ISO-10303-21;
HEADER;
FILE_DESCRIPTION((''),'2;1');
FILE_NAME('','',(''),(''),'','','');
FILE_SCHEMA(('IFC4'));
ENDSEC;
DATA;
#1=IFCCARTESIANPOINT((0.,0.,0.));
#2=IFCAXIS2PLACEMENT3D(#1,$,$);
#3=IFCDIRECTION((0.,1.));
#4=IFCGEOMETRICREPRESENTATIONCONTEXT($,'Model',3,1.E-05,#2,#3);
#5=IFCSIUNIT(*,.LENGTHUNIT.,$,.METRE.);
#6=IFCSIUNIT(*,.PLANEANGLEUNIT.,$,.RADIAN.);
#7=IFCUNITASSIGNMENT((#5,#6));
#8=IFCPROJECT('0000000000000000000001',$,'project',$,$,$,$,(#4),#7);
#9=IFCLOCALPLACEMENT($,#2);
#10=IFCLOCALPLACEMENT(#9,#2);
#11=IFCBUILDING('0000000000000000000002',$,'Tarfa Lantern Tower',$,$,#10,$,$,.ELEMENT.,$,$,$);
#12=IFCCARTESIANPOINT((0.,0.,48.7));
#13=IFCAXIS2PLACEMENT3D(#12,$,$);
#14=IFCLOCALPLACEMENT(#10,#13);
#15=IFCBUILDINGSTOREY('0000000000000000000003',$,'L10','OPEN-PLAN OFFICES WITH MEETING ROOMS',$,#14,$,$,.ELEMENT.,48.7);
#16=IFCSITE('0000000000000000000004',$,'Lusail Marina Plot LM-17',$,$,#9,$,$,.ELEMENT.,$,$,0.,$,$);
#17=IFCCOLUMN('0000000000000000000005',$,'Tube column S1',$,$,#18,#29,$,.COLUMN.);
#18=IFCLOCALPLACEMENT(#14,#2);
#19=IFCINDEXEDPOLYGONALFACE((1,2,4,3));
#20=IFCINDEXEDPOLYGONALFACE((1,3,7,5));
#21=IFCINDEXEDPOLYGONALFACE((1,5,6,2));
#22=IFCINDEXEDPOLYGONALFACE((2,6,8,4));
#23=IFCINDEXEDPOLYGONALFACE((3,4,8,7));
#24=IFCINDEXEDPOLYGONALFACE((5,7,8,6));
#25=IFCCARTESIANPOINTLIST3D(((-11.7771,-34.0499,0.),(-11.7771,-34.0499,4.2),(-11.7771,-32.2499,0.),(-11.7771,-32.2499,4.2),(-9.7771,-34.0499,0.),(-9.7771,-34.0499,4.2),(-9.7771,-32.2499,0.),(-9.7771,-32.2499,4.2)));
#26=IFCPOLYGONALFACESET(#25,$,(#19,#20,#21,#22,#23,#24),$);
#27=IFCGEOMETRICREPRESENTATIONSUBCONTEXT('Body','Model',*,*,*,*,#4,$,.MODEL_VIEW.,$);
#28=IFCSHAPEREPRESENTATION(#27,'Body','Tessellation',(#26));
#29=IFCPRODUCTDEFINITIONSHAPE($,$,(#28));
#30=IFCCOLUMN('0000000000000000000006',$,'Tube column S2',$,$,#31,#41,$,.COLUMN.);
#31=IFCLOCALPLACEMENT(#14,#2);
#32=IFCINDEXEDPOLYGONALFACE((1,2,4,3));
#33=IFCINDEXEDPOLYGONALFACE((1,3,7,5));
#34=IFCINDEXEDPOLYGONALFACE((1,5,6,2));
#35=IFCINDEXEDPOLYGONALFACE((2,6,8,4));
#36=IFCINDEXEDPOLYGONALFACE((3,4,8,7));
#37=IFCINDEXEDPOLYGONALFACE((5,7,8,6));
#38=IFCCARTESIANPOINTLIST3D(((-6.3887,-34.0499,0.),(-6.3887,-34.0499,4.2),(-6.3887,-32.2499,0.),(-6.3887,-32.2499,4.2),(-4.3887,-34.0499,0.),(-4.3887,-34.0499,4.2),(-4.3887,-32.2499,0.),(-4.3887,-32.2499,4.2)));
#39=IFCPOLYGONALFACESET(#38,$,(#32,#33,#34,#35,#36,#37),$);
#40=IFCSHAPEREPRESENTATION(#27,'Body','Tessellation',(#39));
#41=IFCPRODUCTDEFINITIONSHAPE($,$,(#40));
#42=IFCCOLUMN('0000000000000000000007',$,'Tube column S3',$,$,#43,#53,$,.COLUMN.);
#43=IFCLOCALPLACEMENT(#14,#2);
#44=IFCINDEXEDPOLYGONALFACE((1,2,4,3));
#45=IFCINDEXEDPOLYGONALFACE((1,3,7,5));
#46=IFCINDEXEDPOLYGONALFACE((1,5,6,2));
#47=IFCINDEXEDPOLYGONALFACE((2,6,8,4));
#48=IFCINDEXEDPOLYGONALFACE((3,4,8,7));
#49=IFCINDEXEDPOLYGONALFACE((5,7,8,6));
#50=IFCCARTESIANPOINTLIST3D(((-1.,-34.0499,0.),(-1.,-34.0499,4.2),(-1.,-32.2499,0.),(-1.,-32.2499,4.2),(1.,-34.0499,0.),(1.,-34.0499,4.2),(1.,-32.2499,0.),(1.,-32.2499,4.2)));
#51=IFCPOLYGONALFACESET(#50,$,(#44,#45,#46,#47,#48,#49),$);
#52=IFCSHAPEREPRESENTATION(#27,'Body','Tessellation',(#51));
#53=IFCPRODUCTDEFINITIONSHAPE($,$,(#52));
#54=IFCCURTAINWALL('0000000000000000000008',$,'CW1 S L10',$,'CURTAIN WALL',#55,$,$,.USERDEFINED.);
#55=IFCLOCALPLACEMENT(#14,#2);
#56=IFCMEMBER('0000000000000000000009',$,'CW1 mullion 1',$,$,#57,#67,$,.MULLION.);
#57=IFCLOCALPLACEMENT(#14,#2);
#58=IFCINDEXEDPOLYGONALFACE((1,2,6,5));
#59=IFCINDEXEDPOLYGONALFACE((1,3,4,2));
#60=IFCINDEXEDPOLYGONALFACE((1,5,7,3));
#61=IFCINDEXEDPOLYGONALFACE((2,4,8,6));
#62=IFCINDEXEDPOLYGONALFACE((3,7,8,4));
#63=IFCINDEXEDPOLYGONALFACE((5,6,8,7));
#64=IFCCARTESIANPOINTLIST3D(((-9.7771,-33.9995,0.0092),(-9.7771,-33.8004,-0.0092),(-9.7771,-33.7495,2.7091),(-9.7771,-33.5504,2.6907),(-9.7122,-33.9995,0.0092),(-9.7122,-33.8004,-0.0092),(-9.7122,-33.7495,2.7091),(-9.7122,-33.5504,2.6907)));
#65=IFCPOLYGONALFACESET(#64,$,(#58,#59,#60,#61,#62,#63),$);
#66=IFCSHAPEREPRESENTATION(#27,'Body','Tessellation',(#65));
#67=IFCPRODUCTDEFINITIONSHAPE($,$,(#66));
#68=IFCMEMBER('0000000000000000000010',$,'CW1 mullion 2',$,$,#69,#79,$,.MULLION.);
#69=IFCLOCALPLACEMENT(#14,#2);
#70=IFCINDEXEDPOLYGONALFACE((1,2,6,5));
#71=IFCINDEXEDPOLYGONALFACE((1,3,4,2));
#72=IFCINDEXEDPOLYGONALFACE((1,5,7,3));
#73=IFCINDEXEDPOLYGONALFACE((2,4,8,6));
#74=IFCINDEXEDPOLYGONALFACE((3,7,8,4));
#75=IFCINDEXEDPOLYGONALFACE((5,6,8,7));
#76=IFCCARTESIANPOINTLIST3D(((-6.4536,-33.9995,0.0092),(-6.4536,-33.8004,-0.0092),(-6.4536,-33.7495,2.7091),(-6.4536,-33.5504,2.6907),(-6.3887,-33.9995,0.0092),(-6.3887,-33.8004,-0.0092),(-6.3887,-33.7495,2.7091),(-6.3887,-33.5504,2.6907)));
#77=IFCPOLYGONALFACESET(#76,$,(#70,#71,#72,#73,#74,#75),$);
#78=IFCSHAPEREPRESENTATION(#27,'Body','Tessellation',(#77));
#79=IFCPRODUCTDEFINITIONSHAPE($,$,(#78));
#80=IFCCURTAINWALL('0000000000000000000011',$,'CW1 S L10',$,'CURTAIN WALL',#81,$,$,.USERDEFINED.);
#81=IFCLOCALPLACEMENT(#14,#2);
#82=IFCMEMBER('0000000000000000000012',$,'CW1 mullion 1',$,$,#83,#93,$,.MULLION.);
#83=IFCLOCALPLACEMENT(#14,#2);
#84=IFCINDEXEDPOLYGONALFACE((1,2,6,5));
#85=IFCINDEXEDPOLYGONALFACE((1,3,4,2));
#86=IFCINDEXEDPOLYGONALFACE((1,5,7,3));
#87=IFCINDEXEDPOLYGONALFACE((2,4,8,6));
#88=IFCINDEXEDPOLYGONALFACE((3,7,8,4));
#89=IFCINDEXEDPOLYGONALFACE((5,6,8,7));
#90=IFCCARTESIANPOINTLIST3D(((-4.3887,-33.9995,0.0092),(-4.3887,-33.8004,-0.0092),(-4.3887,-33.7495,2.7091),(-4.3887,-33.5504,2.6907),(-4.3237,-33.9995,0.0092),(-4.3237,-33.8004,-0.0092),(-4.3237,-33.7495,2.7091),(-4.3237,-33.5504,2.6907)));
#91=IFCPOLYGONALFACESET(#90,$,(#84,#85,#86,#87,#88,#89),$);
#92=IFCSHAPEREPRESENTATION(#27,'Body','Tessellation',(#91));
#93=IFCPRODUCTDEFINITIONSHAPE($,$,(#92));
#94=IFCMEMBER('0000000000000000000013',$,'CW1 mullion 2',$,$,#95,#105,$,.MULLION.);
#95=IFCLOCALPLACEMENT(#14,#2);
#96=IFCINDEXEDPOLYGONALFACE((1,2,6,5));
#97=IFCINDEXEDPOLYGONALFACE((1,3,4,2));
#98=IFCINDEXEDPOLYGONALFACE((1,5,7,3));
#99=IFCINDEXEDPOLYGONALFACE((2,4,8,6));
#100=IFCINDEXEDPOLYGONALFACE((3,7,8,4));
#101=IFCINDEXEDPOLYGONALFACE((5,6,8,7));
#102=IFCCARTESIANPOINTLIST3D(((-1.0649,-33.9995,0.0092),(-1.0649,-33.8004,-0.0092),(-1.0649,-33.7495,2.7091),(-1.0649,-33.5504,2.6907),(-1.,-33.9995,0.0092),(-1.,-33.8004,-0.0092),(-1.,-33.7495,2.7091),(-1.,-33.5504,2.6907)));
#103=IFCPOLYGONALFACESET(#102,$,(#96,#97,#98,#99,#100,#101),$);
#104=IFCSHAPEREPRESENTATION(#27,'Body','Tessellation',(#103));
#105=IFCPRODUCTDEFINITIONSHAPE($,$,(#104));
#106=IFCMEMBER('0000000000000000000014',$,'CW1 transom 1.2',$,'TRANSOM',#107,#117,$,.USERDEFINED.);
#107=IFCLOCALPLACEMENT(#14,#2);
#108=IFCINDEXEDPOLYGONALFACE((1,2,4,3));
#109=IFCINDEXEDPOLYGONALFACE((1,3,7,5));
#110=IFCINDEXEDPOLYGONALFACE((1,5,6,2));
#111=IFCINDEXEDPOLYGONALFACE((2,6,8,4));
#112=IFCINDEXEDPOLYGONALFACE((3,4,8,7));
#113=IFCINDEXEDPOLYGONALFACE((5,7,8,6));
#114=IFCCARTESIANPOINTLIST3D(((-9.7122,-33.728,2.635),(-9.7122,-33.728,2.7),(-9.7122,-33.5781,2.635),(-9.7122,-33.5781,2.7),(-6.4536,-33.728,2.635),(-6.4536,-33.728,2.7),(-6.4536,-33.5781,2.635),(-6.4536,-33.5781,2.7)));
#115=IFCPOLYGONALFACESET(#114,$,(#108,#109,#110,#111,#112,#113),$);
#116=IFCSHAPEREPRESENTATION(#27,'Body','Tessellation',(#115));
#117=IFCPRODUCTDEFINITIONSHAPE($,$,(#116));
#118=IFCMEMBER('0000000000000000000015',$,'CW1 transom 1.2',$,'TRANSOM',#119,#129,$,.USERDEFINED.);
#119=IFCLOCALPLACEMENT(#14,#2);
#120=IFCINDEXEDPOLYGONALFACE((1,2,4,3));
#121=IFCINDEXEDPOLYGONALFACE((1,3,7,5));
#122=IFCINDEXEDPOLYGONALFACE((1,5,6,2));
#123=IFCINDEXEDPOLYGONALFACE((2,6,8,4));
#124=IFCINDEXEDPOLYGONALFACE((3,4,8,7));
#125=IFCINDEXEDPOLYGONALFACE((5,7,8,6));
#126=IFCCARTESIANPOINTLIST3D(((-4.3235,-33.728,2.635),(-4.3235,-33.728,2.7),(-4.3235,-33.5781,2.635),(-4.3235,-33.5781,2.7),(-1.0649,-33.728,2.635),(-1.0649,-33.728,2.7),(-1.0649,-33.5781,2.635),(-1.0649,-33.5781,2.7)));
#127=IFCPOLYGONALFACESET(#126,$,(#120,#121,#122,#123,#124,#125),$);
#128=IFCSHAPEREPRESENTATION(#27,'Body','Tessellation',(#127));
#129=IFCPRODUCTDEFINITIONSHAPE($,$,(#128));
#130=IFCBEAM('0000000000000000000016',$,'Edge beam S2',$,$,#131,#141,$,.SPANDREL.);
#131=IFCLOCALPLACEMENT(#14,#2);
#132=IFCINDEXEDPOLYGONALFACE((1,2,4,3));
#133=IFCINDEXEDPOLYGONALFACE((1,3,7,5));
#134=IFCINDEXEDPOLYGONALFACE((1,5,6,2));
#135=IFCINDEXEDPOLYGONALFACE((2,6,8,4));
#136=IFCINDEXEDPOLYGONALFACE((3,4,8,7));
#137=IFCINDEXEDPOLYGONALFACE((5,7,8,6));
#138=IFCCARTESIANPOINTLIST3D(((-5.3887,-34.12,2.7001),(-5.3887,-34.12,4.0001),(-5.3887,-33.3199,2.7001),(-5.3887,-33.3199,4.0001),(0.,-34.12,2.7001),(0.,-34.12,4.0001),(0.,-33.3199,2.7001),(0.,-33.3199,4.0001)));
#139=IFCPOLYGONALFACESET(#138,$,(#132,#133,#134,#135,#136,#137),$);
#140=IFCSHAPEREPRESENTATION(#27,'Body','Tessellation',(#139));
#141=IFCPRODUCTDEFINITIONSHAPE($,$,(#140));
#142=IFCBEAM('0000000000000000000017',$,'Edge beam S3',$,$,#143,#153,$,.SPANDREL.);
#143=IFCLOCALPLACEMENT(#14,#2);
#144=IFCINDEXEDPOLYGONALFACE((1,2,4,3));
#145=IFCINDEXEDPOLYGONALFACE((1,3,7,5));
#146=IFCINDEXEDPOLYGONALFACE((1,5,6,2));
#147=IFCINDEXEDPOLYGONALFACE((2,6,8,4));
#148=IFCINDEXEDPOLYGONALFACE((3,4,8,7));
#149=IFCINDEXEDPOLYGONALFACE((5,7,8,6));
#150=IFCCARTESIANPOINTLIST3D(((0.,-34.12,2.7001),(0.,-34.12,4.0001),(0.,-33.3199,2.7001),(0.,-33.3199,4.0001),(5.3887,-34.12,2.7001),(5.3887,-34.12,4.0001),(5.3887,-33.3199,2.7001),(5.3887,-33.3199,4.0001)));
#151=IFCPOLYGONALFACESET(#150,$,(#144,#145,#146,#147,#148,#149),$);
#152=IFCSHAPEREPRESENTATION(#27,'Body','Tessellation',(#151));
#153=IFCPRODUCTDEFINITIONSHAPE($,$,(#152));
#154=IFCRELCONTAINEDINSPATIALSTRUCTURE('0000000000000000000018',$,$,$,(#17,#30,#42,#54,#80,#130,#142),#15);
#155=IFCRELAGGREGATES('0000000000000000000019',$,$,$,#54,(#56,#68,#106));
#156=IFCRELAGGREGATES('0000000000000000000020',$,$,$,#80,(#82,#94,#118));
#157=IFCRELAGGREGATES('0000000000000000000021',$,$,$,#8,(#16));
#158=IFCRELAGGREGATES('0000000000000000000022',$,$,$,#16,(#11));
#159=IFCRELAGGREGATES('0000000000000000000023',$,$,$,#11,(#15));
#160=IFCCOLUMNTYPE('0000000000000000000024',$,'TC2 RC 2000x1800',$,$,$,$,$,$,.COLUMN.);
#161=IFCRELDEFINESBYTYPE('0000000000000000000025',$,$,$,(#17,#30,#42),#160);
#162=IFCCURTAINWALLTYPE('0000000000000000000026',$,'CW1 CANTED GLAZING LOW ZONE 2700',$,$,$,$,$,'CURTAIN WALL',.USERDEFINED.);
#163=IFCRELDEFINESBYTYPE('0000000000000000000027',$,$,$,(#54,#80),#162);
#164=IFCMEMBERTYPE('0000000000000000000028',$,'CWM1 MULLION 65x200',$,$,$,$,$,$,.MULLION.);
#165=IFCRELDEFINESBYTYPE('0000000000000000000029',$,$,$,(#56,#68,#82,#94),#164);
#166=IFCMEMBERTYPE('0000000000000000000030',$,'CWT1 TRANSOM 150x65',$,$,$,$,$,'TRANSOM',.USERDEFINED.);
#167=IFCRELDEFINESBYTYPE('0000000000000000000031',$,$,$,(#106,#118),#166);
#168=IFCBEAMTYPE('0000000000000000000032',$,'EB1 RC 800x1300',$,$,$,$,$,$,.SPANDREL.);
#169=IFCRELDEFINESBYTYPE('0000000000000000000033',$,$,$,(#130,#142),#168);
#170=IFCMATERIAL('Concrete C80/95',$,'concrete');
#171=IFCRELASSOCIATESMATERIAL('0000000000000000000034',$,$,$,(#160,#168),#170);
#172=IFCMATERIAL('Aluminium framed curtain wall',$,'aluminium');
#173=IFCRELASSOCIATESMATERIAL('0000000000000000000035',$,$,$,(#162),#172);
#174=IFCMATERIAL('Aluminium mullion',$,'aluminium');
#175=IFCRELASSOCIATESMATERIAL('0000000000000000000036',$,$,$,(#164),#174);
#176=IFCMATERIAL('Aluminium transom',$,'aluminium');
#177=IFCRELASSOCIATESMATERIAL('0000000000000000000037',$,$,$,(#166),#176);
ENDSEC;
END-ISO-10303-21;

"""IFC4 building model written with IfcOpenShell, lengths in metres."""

from ifc_helpers import new_model, si_unit, direction, frame, origin, origin_2d, place, context, subcontext, project, spatial, rectangle, extrude, material, material_profile, profile_set, type_object, element, aggregate, save


model = new_model("IFC4")

# Units and contexts
model_context = context("Model", 3, precision=1e-05, world=origin(), true_north=direction((0.0, 1.0)))
body_context = subcontext(model_context, "Body", "Model", "MODEL_VIEW")
ifc_project = project(units=[si_unit("LENGTHUNIT", "METRE"), si_unit("PLANEANGLEUNIT", "RADIAN")], contexts=[model_context])

# Site, building, storey
site_placement = place(None, origin())
site = spatial("IfcSite", under=ifc_project, at=site_placement, Name="Lusail Marina Plot LM-17", CompositionType="ELEMENT", RefElevation=0.0)
building_placement = place(site_placement, origin())
building = spatial("IfcBuilding", under=site, at=building_placement, Name="Tarfa Lantern Tower", CompositionType="ELEMENT")
storey_placement = place(building_placement, frame((0.0, 0.0, 48.7)))
storey = spatial("IfcBuildingStorey", under=building, at=storey_placement, Name="L10", Description="OPEN-PLAN OFFICES WITH MEETING ROOMS", CompositionType="ELEMENT", Elevation=48.7)

# Columns
ifc_material_1 = material(Name="Concrete C80/95", Category="concrete")
ifc_material_profile_1 = material_profile(ifc_material_1, rectangle(XDim=2.0, YDim=1.8, at=origin_2d()), Name="RC 2000x1800")
ifc_profile_set_1 = profile_set([ifc_material_profile_1], Name="Concrete C80/95")
column_type = type_object("IfcColumnType", Name="TC2 RC 2000x1800", PredefinedType="COLUMN", material=ifc_profile_set_1)
for number, where, z_axis, x_axis, name in (
    (1, (-10.7771, -33.1499, 0.0), (0.0, 0.0, 1.0), (1.0, 0.0, 0.0), "Tube column S1"),
    (2, (-5.3887, -33.1499, 0.0), (0.0, 0.0, 1.0), (1.0, 0.0, 0.0), "Tube column S2"),
    (3, (0.0, -33.1499, 0.0), (0.0, 0.0, 1.0), (1.0, 0.0, 0.0), "Tube column S3"),
):
    element("IfcColumn", number, at=place(storey_placement, frame(where, z_axis=z_axis, x_axis=x_axis)), inside=storey, type_object=column_type, Name=name, PredefinedType="COLUMN", context=body_context, shape_type="SweptSolid", body=[
        extrude(rectangle(XDim=2.0, YDim=1.8, at=origin_2d()), origin(), (0.0, 0.0, 1.0), 4.2),
    ])

# Curtain walls, members
ifc_material_2 = material(Name="Aluminium framed curtain wall", Category="aluminium")
curtain_wall_type = type_object("IfcCurtainWallType", Name="CW1 CANTED GLAZING LOW ZONE 2700", ElementType="CURTAIN WALL", PredefinedType="USERDEFINED", material=ifc_material_2)
curtain_wall_1_placement = place(storey_placement, origin())
curtain_wall_1 = element("IfcCurtainWall", 4, at=curtain_wall_1_placement, inside=storey, type_object=curtain_wall_type, Name="CW1 S L10", ObjectType="CURTAIN WALL", PredefinedType="USERDEFINED")
ifc_material_3 = material(Name="Aluminium mullion", Category="aluminium")
ifc_material_profile_2 = material_profile(ifc_material_3, rectangle(XDim=0.0649, YDim=0.2, at=origin_2d()), Name="AL MULLION 65x200")
ifc_profile_set_2 = profile_set([ifc_material_profile_2], Name="Aluminium mullion")
member_type_1 = type_object("IfcMemberType", Name="CWM1 MULLION 65x200", PredefinedType="MULLION", material=ifc_profile_set_2)
member_1_placement = place(storey_placement, frame((-9.7446, -33.8999, 0.0), z_axis=(0.0, 0.0922, 0.995741), x_axis=(-1.0, 0.0, 0.0)))
member_1 = element("IfcMember", 5, at=member_1_placement, type_object=member_type_1, Name="CW1 mullion 1", PredefinedType="MULLION", context=body_context, shape_type="SweptSolid", body=[
    extrude(rectangle(XDim=0.0649, YDim=0.2, at=origin_2d()), origin(), (0.0, 0.0, 1.0), 2.7114),
])
member_2_placement = place(storey_placement, frame((-6.4211, -33.8999, 0.0), z_axis=(0.0, 0.0922, 0.995741), x_axis=(-1.0, 0.0, 0.0)))
member_2 = element("IfcMember", 6, at=member_2_placement, type_object=member_type_1, Name="CW1 mullion 2", PredefinedType="MULLION", context=body_context, shape_type="SweptSolid", body=[
    extrude(rectangle(XDim=0.0649, YDim=0.2, at=origin_2d()), origin(), (0.0, 0.0, 1.0), 2.7114),
])
curtain_wall_2_placement = place(storey_placement, origin())
curtain_wall_2 = element("IfcCurtainWall", 7, at=curtain_wall_2_placement, inside=storey, type_object=curtain_wall_type, Name="CW1 S L10", ObjectType="CURTAIN WALL", PredefinedType="USERDEFINED")
member_3_placement = place(storey_placement, frame((-4.3562, -33.8999, 0.0), z_axis=(0.0, 0.0922, 0.995741), x_axis=(-1.0, 0.0, 0.0)))
member_3 = element("IfcMember", 8, at=member_3_placement, type_object=member_type_1, Name="CW1 mullion 1", PredefinedType="MULLION", context=body_context, shape_type="SweptSolid", body=[
    extrude(rectangle(XDim=0.0649, YDim=0.2, at=origin_2d()), origin(), (0.0, 0.0, 1.0), 2.7114),
])
member_4_placement = place(storey_placement, frame((-1.0325, -33.8999, 0.0), z_axis=(0.0, 0.0922, 0.995741), x_axis=(-1.0, 0.0, 0.0)))
member_4 = element("IfcMember", 9, at=member_4_placement, type_object=member_type_1, Name="CW1 mullion 2", PredefinedType="MULLION", context=body_context, shape_type="SweptSolid", body=[
    extrude(rectangle(XDim=0.0649, YDim=0.2, at=origin_2d()), origin(), (0.0, 0.0, 1.0), 2.7114),
])

# Members
ifc_material_4 = material(Name="Aluminium transom", Category="aluminium")
ifc_material_profile_3 = material_profile(ifc_material_4, rectangle(XDim=0.1499, YDim=0.0649, at=origin_2d()), Name="AL TRANSOM 150x65")
ifc_profile_set_3 = profile_set([ifc_material_profile_3], Name="Aluminium transom")
member_type_2 = type_object("IfcMemberType", Name="CWT1 TRANSOM 150x65", ElementType="TRANSOM", PredefinedType="USERDEFINED", material=ifc_profile_set_3)
member_5_placement = place(storey_placement, frame((-9.7122, -33.6531, 2.6675), z_axis=(1.0, 0.0, 0.0), x_axis=(0.0, 1.0, 0.0)))
member_5 = element("IfcMember", 10, at=member_5_placement, type_object=member_type_2, Name="CW1 transom 1.2", ObjectType="TRANSOM", PredefinedType="USERDEFINED", context=body_context, shape_type="SweptSolid", body=[
    extrude(rectangle(XDim=0.1499, YDim=0.0649, at=origin_2d()), origin(), (0.0, 0.0, 1.0), 3.2585),
])
member_6_placement = place(storey_placement, frame((-4.3235, -33.6531, 2.6675), z_axis=(1.0, 0.0, 0.0), x_axis=(0.0, 1.0, 0.0)))
member_6 = element("IfcMember", 11, at=member_6_placement, type_object=member_type_2, Name="CW1 transom 1.2", ObjectType="TRANSOM", PredefinedType="USERDEFINED", context=body_context, shape_type="SweptSolid", body=[
    extrude(rectangle(XDim=0.1499, YDim=0.0649, at=origin_2d()), origin(), (0.0, 0.0, 1.0), 3.2585),
])

# Beams
ifc_material_profile_4 = material_profile(ifc_material_1, rectangle(XDim=0.8, YDim=1.3, at=origin_2d()), Name="RC 800x1300")
ifc_profile_set_4 = profile_set([ifc_material_profile_4], Name="Concrete C80/95")
beam_type_1 = type_object("IfcBeamType", Name="EB1 RC 800x1300", PredefinedType="SPANDREL", material=ifc_profile_set_4)
for number, where, z_axis, x_axis, name in (
    (12, (-5.3887, -33.72, 3.3501), (1.0, 0.0, 0.0), (0.0, 1.0, 0.0), "Edge beam S2"),
    (13, (0.0, -33.72, 3.3501), (1.0, 0.0, 0.0), (0.0, 1.0, 0.0), "Edge beam S3"),
):
    element("IfcBeam", number, at=place(storey_placement, frame(where, z_axis=z_axis, x_axis=x_axis)), inside=storey, type_object=beam_type_1, Name=name, PredefinedType="SPANDREL", context=body_context, shape_type="SweptSolid", body=[
        extrude(rectangle(XDim=0.8, YDim=1.3, at=origin_2d()), origin(), (0.0, 0.0, 1.0), 5.3887),
    ])

aggregate(curtain_wall_1, [member_1, member_2, member_5])
aggregate(curtain_wall_2, [member_3, member_4, member_6])

save(model, "model.ifc")
